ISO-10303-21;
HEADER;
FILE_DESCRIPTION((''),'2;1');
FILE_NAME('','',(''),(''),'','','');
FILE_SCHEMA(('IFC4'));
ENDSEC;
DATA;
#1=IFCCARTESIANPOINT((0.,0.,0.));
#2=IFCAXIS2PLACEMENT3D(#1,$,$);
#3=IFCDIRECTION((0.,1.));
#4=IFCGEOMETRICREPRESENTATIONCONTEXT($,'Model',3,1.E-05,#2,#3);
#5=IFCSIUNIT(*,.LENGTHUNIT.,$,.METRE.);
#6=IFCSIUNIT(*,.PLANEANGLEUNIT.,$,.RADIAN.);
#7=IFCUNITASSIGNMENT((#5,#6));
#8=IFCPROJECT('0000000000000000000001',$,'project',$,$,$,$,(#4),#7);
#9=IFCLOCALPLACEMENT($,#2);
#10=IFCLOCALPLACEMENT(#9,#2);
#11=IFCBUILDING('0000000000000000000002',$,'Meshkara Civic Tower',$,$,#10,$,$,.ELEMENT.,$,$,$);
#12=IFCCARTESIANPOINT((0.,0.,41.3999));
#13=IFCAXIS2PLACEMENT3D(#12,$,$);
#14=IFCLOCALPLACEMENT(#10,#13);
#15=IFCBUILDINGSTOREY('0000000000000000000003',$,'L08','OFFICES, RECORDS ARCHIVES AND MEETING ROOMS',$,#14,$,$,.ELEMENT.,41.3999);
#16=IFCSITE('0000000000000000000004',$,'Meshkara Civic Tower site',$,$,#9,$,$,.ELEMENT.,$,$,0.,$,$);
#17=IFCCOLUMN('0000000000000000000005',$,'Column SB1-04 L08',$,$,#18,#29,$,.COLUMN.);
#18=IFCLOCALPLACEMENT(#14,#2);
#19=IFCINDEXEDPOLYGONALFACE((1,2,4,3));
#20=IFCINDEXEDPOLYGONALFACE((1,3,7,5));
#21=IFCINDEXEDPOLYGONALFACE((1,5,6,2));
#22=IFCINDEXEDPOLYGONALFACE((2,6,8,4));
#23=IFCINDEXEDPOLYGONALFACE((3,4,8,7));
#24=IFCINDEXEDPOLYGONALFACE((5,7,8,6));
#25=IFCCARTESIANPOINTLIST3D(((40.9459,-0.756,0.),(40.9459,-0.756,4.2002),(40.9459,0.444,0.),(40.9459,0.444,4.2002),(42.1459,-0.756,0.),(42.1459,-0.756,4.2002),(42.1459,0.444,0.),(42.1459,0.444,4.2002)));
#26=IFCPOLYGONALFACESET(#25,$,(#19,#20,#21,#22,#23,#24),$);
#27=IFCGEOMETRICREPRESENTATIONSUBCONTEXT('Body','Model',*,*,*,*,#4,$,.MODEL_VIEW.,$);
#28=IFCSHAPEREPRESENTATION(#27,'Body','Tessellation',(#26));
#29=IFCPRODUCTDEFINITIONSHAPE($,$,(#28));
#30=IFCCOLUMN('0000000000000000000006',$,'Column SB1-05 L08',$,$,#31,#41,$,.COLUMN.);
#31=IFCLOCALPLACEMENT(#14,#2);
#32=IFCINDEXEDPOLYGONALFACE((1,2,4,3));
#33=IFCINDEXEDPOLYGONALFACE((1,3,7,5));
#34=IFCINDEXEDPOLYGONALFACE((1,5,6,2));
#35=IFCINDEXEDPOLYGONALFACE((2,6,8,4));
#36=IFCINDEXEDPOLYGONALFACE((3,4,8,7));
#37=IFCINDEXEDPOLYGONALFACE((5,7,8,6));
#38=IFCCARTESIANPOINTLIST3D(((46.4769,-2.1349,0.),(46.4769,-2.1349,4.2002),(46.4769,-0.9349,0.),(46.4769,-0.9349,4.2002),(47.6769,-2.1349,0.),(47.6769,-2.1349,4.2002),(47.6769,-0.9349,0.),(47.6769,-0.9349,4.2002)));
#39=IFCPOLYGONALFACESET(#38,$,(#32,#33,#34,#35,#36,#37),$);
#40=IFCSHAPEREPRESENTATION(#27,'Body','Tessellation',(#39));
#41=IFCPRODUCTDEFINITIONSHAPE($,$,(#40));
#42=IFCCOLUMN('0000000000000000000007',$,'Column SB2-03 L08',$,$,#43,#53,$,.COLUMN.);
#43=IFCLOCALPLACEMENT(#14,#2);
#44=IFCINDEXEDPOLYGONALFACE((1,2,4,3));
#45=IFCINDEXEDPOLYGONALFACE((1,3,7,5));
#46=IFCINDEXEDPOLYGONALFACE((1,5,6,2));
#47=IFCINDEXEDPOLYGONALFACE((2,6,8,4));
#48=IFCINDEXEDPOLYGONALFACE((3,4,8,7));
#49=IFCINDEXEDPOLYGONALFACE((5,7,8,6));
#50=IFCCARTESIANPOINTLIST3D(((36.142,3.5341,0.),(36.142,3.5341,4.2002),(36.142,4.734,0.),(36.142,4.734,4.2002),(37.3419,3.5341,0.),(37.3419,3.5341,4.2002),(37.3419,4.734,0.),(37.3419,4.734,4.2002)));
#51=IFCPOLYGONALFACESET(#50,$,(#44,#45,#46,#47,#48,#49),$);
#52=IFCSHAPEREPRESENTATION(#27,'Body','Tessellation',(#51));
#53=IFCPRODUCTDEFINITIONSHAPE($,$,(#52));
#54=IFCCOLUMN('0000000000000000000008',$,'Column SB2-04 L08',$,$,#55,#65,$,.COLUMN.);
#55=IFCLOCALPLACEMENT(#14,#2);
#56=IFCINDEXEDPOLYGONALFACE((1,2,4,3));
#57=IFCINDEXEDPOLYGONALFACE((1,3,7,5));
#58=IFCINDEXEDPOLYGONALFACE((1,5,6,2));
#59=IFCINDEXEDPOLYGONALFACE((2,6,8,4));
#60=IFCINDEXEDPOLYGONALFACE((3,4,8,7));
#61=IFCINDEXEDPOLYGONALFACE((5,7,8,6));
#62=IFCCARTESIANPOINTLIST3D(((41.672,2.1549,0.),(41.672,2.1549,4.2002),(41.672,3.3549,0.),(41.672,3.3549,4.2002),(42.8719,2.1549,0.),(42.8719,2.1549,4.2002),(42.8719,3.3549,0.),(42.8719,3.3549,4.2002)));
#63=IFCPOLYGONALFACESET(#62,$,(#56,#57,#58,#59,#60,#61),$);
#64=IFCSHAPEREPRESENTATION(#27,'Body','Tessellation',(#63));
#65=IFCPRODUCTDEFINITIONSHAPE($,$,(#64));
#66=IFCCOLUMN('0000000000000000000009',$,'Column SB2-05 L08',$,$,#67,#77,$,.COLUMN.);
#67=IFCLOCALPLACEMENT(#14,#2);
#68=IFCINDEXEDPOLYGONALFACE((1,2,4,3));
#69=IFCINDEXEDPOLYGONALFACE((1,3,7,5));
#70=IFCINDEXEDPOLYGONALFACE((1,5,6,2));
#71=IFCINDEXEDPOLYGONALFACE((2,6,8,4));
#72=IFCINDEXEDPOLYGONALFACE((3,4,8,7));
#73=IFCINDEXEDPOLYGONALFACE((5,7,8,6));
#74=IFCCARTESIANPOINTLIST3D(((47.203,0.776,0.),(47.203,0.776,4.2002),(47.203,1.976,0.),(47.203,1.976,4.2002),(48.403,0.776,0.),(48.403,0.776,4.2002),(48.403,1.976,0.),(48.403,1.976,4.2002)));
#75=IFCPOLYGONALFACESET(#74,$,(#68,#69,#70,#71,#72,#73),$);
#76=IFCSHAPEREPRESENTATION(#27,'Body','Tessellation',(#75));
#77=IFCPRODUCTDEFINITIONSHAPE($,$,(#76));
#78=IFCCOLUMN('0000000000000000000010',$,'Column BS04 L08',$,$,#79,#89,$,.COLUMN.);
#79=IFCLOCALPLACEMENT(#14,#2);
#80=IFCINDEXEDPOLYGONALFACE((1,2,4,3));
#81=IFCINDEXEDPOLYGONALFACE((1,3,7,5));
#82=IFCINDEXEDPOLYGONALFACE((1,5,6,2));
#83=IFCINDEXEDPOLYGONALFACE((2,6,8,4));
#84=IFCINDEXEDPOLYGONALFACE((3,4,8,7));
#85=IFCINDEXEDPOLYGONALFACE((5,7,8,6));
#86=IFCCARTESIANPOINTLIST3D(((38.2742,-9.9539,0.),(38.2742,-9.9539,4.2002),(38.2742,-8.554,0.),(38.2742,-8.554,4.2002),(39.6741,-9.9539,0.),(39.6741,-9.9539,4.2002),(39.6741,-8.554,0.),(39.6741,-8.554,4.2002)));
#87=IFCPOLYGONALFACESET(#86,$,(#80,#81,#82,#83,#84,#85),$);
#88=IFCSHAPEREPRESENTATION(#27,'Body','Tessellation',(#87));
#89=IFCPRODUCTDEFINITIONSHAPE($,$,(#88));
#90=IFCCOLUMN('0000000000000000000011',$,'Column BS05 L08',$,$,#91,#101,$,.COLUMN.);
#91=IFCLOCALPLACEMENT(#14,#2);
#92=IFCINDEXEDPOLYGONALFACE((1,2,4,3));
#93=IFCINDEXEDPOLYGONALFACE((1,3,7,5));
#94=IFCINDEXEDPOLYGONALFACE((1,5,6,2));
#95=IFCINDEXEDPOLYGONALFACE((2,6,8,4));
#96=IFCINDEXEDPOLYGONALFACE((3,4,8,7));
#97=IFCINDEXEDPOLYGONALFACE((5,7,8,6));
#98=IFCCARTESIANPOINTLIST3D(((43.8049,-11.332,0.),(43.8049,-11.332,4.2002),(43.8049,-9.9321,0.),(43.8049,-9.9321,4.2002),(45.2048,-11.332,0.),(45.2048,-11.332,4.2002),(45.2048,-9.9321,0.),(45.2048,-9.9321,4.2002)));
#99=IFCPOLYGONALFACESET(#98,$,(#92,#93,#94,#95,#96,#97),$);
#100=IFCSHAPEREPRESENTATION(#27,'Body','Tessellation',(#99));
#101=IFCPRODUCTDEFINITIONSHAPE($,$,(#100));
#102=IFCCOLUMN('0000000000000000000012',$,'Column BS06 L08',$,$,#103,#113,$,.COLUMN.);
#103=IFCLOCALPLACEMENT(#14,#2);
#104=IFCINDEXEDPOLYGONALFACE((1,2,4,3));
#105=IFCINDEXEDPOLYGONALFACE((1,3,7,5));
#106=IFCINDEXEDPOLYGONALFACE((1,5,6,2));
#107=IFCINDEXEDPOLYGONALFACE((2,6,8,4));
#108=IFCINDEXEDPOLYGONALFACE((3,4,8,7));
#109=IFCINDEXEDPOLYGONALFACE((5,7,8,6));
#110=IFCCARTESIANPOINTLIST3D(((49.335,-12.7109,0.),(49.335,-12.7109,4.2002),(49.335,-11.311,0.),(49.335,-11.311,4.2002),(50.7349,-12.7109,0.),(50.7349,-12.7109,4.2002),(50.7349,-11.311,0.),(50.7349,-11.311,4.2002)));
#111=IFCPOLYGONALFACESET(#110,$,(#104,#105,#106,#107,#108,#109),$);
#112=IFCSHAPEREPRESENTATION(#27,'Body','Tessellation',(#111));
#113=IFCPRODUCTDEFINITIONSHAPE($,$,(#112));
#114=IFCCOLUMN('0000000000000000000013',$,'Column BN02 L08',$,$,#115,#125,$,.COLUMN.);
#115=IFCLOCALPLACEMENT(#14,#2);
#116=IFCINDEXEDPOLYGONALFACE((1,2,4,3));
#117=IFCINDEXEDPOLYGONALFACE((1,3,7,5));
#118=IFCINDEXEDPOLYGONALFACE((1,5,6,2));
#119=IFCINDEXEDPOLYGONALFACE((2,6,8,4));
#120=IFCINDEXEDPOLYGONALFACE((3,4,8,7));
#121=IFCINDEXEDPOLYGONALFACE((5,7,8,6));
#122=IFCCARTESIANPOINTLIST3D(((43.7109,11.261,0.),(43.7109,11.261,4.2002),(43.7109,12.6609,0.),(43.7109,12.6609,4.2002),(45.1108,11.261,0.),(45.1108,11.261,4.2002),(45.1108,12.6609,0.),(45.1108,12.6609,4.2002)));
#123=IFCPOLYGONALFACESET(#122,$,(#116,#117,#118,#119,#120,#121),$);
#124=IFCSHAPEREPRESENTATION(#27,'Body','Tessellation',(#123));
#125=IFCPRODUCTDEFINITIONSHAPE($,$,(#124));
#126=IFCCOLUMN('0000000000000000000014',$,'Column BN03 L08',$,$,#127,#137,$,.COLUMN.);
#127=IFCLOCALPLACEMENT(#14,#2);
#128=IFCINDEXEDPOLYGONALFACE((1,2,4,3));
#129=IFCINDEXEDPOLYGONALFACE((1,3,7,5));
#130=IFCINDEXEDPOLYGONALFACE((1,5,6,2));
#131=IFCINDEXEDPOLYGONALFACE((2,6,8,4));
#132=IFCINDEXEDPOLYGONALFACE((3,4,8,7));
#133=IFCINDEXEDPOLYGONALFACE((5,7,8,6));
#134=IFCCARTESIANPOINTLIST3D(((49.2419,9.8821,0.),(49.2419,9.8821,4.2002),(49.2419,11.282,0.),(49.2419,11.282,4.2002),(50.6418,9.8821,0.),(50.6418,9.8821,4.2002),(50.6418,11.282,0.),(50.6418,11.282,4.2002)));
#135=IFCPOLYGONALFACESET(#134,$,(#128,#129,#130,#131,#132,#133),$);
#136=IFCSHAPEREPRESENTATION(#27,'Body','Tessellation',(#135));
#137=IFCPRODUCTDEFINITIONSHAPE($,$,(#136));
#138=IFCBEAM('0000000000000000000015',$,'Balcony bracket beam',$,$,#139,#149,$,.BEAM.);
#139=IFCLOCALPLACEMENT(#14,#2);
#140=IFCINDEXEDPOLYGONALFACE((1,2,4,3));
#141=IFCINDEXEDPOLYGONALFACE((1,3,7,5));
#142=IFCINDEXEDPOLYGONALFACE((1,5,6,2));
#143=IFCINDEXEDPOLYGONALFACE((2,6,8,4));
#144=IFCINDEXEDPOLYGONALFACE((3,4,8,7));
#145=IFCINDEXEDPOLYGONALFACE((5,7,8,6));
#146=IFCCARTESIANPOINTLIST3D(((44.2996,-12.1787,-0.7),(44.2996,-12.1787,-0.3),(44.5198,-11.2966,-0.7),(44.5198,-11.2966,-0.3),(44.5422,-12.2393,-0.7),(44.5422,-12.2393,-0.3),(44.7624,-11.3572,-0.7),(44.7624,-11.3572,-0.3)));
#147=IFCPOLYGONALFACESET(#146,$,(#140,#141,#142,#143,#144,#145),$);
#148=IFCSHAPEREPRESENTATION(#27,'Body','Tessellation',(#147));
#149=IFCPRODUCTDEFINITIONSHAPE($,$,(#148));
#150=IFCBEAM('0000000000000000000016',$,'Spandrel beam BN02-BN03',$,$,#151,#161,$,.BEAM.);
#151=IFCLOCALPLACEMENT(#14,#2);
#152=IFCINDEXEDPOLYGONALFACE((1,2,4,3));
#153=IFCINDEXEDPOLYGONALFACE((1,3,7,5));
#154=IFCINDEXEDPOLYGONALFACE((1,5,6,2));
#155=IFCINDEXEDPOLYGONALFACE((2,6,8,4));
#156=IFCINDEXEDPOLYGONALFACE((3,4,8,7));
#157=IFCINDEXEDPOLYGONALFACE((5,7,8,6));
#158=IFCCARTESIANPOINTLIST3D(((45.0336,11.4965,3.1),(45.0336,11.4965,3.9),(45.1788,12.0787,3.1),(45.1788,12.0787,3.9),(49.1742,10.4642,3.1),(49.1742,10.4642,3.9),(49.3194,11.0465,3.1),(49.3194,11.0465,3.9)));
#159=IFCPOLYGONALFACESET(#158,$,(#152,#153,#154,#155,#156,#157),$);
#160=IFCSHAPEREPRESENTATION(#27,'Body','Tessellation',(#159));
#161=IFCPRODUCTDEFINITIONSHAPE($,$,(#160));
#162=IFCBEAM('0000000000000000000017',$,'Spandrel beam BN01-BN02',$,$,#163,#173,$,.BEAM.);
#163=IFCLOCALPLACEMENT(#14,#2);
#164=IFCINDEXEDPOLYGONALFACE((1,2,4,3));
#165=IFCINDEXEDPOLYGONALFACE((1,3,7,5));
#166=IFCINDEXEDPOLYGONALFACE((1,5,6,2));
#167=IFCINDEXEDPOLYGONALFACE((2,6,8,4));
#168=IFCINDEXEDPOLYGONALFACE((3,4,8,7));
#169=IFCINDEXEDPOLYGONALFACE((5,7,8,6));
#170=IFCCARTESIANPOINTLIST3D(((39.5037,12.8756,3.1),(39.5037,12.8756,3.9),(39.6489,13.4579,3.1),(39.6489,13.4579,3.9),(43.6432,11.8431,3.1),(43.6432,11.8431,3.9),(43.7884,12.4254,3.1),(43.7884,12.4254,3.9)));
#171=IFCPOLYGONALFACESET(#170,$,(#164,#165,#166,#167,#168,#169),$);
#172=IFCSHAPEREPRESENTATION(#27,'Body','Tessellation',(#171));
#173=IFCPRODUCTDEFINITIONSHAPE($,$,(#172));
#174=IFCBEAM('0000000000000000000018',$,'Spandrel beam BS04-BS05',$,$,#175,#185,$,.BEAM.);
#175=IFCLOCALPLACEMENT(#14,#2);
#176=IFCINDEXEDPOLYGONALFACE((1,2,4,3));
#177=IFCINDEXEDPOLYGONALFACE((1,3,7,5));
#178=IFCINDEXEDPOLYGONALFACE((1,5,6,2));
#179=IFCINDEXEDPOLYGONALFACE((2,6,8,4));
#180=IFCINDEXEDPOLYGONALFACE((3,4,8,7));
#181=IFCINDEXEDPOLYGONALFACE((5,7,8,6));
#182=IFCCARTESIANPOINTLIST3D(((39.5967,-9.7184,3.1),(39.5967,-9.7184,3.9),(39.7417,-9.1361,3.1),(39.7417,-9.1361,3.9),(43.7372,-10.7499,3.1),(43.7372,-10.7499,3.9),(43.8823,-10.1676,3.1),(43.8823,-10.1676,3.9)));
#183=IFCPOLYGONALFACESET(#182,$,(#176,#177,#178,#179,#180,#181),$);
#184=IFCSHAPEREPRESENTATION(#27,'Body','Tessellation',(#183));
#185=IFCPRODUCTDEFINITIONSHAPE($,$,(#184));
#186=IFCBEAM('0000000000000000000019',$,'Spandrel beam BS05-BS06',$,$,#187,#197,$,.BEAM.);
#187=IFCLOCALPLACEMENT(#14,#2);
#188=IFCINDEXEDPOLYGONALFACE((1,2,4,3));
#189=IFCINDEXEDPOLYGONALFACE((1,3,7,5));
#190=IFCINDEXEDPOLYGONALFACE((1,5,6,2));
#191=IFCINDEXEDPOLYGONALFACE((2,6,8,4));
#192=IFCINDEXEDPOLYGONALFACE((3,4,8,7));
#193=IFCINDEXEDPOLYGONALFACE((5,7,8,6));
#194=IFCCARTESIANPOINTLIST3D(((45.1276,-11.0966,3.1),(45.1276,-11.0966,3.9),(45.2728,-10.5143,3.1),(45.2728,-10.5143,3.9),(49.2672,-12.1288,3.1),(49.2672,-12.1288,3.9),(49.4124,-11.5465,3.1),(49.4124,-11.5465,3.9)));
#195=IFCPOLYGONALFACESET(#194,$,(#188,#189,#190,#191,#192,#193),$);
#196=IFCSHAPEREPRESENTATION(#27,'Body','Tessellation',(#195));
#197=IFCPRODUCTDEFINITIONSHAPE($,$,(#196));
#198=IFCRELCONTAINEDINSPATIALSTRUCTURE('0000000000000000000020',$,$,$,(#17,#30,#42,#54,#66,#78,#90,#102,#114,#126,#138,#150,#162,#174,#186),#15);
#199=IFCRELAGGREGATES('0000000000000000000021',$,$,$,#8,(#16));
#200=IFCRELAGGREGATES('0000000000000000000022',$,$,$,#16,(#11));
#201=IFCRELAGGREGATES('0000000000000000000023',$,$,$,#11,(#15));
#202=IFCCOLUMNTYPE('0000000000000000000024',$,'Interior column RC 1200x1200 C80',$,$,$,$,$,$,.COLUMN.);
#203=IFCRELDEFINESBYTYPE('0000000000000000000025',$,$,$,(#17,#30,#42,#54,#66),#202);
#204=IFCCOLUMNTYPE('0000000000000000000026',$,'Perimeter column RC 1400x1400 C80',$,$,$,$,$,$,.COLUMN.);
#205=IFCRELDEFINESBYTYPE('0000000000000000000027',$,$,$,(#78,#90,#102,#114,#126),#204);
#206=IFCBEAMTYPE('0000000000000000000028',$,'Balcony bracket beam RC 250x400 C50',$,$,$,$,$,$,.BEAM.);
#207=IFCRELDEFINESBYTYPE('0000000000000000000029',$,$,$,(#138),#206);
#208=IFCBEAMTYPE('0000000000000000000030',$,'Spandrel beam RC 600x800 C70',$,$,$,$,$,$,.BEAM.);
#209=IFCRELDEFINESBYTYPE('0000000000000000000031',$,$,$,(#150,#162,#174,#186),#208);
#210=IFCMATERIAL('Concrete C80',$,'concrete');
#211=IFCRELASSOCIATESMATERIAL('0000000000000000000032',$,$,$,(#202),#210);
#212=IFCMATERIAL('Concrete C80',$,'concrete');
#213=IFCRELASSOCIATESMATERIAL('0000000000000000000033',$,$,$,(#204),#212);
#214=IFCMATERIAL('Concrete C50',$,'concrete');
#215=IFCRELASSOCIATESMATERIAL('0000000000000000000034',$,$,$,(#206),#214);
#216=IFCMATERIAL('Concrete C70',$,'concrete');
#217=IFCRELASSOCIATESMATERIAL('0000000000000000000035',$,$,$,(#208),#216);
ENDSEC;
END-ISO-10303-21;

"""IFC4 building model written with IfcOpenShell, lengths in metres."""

from ifc_helpers import new_model, si_unit, direction, frame, origin, origin_2d, place, context, subcontext, project, spatial, rectangle, extrude, material, material_profile, profile_set, type_object, element, save


model = new_model("IFC4")

# Units and contexts
model_context = context("Model", 3, precision=1e-05, world=origin(), true_north=direction((0.0, 1.0)))
body_context = subcontext(model_context, "Body", "Model", "MODEL_VIEW")
ifc_project = project(units=[si_unit("LENGTHUNIT", "METRE"), si_unit("PLANEANGLEUNIT", "RADIAN")], contexts=[model_context])

# Site, building, storey
site_placement = place(None, origin())
site = spatial("IfcSite", under=ifc_project, at=site_placement, Name="Meshkara Civic Tower site", CompositionType="ELEMENT", RefElevation=0.0)
building_placement = place(site_placement, origin())
building = spatial("IfcBuilding", under=site, at=building_placement, Name="Meshkara Civic Tower", CompositionType="ELEMENT")
storey_placement = place(building_placement, frame((0.0, 0.0, 41.3999)))
storey = spatial("IfcBuildingStorey", under=building, at=storey_placement, Name="L08", Description="OFFICES, RECORDS ARCHIVES AND MEETING ROOMS", CompositionType="ELEMENT", Elevation=41.3999)

# Columns
ifc_material_1 = material(Name="Concrete C80", Category="concrete")
ifc_material_profile_1 = material_profile(ifc_material_1, rectangle(XDim=1.2, YDim=1.2, at=origin_2d()))
ifc_profile_set_1 = profile_set([ifc_material_profile_1], Name="Concrete C80")
column_type_1 = type_object("IfcColumnType", Name="Interior column RC 1200x1200 C80", PredefinedType="COLUMN", material=ifc_profile_set_1)
for number, where, z_axis, x_axis, name in (
    (1, (41.5459, -0.156, 0.0), (0.0, 0.0, 1.0), (1.0, 0.0, 0.0), "Column SB1-04 L08"),
    (2, (47.0769, -1.5349, 0.0), (0.0, 0.0, 1.0), (1.0, 0.0, 0.0), "Column SB1-05 L08"),
    (3, (36.7419, 4.134, 0.0), (0.0, 0.0, 1.0), (1.0, 0.0, 0.0), "Column SB2-03 L08"),
    (4, (42.272, 2.7549, 0.0), (0.0, 0.0, 1.0), (1.0, 0.0, 0.0), "Column SB2-04 L08"),
    (5, (47.803, 1.376, 0.0), (0.0, 0.0, 1.0), (1.0, 0.0, 0.0), "Column SB2-05 L08"),
):
    element("IfcColumn", number, at=place(storey_placement, frame(where, z_axis=z_axis, x_axis=x_axis)), inside=storey, type_object=column_type_1, Name=name, PredefinedType="COLUMN", context=body_context, shape_type="SweptSolid", body=[
        extrude(rectangle(XDim=1.2, YDim=1.2, at=origin_2d()), origin(), (0.0, 0.0, 1.0), 4.2002),
    ])
ifc_material_2 = material(Name="Concrete C80", Category="concrete")
ifc_material_profile_2 = material_profile(ifc_material_2, rectangle(XDim=1.3999, YDim=1.3999, at=origin_2d()))
ifc_profile_set_2 = profile_set([ifc_material_profile_2], Name="Concrete C80")
column_type_2 = type_object("IfcColumnType", Name="Perimeter column RC 1400x1400 C80", PredefinedType="COLUMN", material=ifc_profile_set_2)
for number, where, z_axis, x_axis, name in (
    (6, (38.9741, -9.2539, 0.0), (0.0, 0.0, 1.0), (1.0, 0.0, 0.0), "Column BS04 L08"),
    (7, (44.5049, -10.6321, 0.0), (0.0, 0.0, 1.0), (1.0, 0.0, 0.0), "Column BS05 L08"),
    (8, (50.0349, -12.011, 0.0), (0.0, 0.0, 1.0), (1.0, 0.0, 0.0), "Column BS06 L08"),
    (9, (44.4109, 11.9609, 0.0), (0.0, 0.0, 1.0), (1.0, 0.0, 0.0), "Column BN02 L08"),
    (10, (49.9419, 10.582, 0.0), (0.0, 0.0, 1.0), (1.0, 0.0, 0.0), "Column BN03 L08"),
):
    element("IfcColumn", number, at=place(storey_placement, frame(where, z_axis=z_axis, x_axis=x_axis)), inside=storey, type_object=column_type_2, Name=name, PredefinedType="COLUMN", context=body_context, shape_type="SweptSolid", body=[
        extrude(rectangle(XDim=1.3999, YDim=1.3999, at=origin_2d()), origin(), (0.0, 0.0, 1.0), 4.2002),
    ])

# Beams
ifc_material_3 = material(Name="Concrete C50", Category="concrete")
ifc_material_profile_3 = material_profile(ifc_material_3, rectangle(XDim=0.25, YDim=0.3999, at=origin_2d()))
ifc_profile_set_3 = profile_set([ifc_material_profile_3], Name="Concrete C50")
beam_type_1 = type_object("IfcBeamType", Name="Balcony bracket beam RC 250x400 C50", PredefinedType="BEAM", material=ifc_profile_set_3)
beam_1_placement = place(storey_placement, frame((44.6411, -11.3269, -0.5), z_axis=(-0.24222, -0.970221, 0.0), x_axis=(0.970221, -0.24222, 0.0)))
element("IfcBeam", 11, at=beam_1_placement, inside=storey, type_object=beam_type_1, Name="Balcony bracket beam", PredefinedType="BEAM", context=body_context, shape_type="SweptSolid", body=[
    extrude(rectangle(XDim=0.25, YDim=0.3999, at=origin_2d()), origin(), (0.0, 0.0, 1.0), 0.9092),
])
ifc_material_4 = material(Name="Concrete C70", Category="concrete")
ifc_material_profile_4 = material_profile(ifc_material_4, rectangle(XDim=0.6001, YDim=0.8, at=origin_2d()))
ifc_profile_set_4 = profile_set([ifc_material_profile_4], Name="Concrete C70")
beam_type_2 = type_object("IfcBeamType", Name="Spandrel beam RC 600x800 C70", PredefinedType="BEAM", material=ifc_profile_set_4)
beam_2_placement = place(storey_placement, frame((49.2468, 10.7554, 3.5), z_axis=(-0.970304, 0.241889, 0.0), x_axis=(-0.241889, -0.970304, 0.0)))
element("IfcBeam", 12, at=beam_2_placement, inside=storey, type_object=beam_type_2, Name="Spandrel beam BN02-BN03", PredefinedType="BEAM", context=body_context, shape_type="SweptSolid", body=[
    extrude(rectangle(XDim=0.6001, YDim=0.8, at=origin_2d()), origin(), (0.0, 0.0, 1.0), 4.2673),
])
beam_3_placement = place(storey_placement, frame((43.7158, 12.1343, 3.5), z_axis=(-0.970277, 0.241997, 0.0), x_axis=(-0.241997, -0.970277, 0.0)))
element("IfcBeam", 13, at=beam_3_placement, inside=storey, type_object=beam_type_2, Name="Spandrel beam BN01-BN02", PredefinedType="BEAM", context=body_context, shape_type="SweptSolid", body=[
    extrude(rectangle(XDim=0.6001, YDim=0.8, at=origin_2d()), origin(), (0.0, 0.0, 1.0), 4.2664),
])
beam_4_placement = place(storey_placement, frame((39.6692, -9.4272, 3.5), z_axis=(0.970344, -0.241728, 0.0), x_axis=(0.241728, 0.970344, 0.0)))
element("IfcBeam", 14, at=beam_4_placement, inside=storey, type_object=beam_type_2, Name="Spandrel beam BS04-BS05", PredefinedType="BEAM", context=body_context, shape_type="SweptSolid", body=[
    extrude(rectangle(XDim=0.6001, YDim=0.8, at=origin_2d()), origin(), (0.0, 0.0, 1.0), 4.2671),
])
beam_5_placement = place(storey_placement, frame((45.2002, -10.8054, 3.5), z_axis=(0.97029, -0.241943, 0.0), x_axis=(0.241943, 0.97029, 0.0)))
element("IfcBeam", 15, at=beam_5_placement, inside=storey, type_object=beam_type_2, Name="Spandrel beam BS05-BS06", PredefinedType="BEAM", context=body_context, shape_type="SweptSolid", body=[
    extrude(rectangle(XDim=0.6001, YDim=0.8, at=origin_2d()), origin(), (0.0, 0.0, 1.0), 4.2664),
])

save(model, "model.ifc")
